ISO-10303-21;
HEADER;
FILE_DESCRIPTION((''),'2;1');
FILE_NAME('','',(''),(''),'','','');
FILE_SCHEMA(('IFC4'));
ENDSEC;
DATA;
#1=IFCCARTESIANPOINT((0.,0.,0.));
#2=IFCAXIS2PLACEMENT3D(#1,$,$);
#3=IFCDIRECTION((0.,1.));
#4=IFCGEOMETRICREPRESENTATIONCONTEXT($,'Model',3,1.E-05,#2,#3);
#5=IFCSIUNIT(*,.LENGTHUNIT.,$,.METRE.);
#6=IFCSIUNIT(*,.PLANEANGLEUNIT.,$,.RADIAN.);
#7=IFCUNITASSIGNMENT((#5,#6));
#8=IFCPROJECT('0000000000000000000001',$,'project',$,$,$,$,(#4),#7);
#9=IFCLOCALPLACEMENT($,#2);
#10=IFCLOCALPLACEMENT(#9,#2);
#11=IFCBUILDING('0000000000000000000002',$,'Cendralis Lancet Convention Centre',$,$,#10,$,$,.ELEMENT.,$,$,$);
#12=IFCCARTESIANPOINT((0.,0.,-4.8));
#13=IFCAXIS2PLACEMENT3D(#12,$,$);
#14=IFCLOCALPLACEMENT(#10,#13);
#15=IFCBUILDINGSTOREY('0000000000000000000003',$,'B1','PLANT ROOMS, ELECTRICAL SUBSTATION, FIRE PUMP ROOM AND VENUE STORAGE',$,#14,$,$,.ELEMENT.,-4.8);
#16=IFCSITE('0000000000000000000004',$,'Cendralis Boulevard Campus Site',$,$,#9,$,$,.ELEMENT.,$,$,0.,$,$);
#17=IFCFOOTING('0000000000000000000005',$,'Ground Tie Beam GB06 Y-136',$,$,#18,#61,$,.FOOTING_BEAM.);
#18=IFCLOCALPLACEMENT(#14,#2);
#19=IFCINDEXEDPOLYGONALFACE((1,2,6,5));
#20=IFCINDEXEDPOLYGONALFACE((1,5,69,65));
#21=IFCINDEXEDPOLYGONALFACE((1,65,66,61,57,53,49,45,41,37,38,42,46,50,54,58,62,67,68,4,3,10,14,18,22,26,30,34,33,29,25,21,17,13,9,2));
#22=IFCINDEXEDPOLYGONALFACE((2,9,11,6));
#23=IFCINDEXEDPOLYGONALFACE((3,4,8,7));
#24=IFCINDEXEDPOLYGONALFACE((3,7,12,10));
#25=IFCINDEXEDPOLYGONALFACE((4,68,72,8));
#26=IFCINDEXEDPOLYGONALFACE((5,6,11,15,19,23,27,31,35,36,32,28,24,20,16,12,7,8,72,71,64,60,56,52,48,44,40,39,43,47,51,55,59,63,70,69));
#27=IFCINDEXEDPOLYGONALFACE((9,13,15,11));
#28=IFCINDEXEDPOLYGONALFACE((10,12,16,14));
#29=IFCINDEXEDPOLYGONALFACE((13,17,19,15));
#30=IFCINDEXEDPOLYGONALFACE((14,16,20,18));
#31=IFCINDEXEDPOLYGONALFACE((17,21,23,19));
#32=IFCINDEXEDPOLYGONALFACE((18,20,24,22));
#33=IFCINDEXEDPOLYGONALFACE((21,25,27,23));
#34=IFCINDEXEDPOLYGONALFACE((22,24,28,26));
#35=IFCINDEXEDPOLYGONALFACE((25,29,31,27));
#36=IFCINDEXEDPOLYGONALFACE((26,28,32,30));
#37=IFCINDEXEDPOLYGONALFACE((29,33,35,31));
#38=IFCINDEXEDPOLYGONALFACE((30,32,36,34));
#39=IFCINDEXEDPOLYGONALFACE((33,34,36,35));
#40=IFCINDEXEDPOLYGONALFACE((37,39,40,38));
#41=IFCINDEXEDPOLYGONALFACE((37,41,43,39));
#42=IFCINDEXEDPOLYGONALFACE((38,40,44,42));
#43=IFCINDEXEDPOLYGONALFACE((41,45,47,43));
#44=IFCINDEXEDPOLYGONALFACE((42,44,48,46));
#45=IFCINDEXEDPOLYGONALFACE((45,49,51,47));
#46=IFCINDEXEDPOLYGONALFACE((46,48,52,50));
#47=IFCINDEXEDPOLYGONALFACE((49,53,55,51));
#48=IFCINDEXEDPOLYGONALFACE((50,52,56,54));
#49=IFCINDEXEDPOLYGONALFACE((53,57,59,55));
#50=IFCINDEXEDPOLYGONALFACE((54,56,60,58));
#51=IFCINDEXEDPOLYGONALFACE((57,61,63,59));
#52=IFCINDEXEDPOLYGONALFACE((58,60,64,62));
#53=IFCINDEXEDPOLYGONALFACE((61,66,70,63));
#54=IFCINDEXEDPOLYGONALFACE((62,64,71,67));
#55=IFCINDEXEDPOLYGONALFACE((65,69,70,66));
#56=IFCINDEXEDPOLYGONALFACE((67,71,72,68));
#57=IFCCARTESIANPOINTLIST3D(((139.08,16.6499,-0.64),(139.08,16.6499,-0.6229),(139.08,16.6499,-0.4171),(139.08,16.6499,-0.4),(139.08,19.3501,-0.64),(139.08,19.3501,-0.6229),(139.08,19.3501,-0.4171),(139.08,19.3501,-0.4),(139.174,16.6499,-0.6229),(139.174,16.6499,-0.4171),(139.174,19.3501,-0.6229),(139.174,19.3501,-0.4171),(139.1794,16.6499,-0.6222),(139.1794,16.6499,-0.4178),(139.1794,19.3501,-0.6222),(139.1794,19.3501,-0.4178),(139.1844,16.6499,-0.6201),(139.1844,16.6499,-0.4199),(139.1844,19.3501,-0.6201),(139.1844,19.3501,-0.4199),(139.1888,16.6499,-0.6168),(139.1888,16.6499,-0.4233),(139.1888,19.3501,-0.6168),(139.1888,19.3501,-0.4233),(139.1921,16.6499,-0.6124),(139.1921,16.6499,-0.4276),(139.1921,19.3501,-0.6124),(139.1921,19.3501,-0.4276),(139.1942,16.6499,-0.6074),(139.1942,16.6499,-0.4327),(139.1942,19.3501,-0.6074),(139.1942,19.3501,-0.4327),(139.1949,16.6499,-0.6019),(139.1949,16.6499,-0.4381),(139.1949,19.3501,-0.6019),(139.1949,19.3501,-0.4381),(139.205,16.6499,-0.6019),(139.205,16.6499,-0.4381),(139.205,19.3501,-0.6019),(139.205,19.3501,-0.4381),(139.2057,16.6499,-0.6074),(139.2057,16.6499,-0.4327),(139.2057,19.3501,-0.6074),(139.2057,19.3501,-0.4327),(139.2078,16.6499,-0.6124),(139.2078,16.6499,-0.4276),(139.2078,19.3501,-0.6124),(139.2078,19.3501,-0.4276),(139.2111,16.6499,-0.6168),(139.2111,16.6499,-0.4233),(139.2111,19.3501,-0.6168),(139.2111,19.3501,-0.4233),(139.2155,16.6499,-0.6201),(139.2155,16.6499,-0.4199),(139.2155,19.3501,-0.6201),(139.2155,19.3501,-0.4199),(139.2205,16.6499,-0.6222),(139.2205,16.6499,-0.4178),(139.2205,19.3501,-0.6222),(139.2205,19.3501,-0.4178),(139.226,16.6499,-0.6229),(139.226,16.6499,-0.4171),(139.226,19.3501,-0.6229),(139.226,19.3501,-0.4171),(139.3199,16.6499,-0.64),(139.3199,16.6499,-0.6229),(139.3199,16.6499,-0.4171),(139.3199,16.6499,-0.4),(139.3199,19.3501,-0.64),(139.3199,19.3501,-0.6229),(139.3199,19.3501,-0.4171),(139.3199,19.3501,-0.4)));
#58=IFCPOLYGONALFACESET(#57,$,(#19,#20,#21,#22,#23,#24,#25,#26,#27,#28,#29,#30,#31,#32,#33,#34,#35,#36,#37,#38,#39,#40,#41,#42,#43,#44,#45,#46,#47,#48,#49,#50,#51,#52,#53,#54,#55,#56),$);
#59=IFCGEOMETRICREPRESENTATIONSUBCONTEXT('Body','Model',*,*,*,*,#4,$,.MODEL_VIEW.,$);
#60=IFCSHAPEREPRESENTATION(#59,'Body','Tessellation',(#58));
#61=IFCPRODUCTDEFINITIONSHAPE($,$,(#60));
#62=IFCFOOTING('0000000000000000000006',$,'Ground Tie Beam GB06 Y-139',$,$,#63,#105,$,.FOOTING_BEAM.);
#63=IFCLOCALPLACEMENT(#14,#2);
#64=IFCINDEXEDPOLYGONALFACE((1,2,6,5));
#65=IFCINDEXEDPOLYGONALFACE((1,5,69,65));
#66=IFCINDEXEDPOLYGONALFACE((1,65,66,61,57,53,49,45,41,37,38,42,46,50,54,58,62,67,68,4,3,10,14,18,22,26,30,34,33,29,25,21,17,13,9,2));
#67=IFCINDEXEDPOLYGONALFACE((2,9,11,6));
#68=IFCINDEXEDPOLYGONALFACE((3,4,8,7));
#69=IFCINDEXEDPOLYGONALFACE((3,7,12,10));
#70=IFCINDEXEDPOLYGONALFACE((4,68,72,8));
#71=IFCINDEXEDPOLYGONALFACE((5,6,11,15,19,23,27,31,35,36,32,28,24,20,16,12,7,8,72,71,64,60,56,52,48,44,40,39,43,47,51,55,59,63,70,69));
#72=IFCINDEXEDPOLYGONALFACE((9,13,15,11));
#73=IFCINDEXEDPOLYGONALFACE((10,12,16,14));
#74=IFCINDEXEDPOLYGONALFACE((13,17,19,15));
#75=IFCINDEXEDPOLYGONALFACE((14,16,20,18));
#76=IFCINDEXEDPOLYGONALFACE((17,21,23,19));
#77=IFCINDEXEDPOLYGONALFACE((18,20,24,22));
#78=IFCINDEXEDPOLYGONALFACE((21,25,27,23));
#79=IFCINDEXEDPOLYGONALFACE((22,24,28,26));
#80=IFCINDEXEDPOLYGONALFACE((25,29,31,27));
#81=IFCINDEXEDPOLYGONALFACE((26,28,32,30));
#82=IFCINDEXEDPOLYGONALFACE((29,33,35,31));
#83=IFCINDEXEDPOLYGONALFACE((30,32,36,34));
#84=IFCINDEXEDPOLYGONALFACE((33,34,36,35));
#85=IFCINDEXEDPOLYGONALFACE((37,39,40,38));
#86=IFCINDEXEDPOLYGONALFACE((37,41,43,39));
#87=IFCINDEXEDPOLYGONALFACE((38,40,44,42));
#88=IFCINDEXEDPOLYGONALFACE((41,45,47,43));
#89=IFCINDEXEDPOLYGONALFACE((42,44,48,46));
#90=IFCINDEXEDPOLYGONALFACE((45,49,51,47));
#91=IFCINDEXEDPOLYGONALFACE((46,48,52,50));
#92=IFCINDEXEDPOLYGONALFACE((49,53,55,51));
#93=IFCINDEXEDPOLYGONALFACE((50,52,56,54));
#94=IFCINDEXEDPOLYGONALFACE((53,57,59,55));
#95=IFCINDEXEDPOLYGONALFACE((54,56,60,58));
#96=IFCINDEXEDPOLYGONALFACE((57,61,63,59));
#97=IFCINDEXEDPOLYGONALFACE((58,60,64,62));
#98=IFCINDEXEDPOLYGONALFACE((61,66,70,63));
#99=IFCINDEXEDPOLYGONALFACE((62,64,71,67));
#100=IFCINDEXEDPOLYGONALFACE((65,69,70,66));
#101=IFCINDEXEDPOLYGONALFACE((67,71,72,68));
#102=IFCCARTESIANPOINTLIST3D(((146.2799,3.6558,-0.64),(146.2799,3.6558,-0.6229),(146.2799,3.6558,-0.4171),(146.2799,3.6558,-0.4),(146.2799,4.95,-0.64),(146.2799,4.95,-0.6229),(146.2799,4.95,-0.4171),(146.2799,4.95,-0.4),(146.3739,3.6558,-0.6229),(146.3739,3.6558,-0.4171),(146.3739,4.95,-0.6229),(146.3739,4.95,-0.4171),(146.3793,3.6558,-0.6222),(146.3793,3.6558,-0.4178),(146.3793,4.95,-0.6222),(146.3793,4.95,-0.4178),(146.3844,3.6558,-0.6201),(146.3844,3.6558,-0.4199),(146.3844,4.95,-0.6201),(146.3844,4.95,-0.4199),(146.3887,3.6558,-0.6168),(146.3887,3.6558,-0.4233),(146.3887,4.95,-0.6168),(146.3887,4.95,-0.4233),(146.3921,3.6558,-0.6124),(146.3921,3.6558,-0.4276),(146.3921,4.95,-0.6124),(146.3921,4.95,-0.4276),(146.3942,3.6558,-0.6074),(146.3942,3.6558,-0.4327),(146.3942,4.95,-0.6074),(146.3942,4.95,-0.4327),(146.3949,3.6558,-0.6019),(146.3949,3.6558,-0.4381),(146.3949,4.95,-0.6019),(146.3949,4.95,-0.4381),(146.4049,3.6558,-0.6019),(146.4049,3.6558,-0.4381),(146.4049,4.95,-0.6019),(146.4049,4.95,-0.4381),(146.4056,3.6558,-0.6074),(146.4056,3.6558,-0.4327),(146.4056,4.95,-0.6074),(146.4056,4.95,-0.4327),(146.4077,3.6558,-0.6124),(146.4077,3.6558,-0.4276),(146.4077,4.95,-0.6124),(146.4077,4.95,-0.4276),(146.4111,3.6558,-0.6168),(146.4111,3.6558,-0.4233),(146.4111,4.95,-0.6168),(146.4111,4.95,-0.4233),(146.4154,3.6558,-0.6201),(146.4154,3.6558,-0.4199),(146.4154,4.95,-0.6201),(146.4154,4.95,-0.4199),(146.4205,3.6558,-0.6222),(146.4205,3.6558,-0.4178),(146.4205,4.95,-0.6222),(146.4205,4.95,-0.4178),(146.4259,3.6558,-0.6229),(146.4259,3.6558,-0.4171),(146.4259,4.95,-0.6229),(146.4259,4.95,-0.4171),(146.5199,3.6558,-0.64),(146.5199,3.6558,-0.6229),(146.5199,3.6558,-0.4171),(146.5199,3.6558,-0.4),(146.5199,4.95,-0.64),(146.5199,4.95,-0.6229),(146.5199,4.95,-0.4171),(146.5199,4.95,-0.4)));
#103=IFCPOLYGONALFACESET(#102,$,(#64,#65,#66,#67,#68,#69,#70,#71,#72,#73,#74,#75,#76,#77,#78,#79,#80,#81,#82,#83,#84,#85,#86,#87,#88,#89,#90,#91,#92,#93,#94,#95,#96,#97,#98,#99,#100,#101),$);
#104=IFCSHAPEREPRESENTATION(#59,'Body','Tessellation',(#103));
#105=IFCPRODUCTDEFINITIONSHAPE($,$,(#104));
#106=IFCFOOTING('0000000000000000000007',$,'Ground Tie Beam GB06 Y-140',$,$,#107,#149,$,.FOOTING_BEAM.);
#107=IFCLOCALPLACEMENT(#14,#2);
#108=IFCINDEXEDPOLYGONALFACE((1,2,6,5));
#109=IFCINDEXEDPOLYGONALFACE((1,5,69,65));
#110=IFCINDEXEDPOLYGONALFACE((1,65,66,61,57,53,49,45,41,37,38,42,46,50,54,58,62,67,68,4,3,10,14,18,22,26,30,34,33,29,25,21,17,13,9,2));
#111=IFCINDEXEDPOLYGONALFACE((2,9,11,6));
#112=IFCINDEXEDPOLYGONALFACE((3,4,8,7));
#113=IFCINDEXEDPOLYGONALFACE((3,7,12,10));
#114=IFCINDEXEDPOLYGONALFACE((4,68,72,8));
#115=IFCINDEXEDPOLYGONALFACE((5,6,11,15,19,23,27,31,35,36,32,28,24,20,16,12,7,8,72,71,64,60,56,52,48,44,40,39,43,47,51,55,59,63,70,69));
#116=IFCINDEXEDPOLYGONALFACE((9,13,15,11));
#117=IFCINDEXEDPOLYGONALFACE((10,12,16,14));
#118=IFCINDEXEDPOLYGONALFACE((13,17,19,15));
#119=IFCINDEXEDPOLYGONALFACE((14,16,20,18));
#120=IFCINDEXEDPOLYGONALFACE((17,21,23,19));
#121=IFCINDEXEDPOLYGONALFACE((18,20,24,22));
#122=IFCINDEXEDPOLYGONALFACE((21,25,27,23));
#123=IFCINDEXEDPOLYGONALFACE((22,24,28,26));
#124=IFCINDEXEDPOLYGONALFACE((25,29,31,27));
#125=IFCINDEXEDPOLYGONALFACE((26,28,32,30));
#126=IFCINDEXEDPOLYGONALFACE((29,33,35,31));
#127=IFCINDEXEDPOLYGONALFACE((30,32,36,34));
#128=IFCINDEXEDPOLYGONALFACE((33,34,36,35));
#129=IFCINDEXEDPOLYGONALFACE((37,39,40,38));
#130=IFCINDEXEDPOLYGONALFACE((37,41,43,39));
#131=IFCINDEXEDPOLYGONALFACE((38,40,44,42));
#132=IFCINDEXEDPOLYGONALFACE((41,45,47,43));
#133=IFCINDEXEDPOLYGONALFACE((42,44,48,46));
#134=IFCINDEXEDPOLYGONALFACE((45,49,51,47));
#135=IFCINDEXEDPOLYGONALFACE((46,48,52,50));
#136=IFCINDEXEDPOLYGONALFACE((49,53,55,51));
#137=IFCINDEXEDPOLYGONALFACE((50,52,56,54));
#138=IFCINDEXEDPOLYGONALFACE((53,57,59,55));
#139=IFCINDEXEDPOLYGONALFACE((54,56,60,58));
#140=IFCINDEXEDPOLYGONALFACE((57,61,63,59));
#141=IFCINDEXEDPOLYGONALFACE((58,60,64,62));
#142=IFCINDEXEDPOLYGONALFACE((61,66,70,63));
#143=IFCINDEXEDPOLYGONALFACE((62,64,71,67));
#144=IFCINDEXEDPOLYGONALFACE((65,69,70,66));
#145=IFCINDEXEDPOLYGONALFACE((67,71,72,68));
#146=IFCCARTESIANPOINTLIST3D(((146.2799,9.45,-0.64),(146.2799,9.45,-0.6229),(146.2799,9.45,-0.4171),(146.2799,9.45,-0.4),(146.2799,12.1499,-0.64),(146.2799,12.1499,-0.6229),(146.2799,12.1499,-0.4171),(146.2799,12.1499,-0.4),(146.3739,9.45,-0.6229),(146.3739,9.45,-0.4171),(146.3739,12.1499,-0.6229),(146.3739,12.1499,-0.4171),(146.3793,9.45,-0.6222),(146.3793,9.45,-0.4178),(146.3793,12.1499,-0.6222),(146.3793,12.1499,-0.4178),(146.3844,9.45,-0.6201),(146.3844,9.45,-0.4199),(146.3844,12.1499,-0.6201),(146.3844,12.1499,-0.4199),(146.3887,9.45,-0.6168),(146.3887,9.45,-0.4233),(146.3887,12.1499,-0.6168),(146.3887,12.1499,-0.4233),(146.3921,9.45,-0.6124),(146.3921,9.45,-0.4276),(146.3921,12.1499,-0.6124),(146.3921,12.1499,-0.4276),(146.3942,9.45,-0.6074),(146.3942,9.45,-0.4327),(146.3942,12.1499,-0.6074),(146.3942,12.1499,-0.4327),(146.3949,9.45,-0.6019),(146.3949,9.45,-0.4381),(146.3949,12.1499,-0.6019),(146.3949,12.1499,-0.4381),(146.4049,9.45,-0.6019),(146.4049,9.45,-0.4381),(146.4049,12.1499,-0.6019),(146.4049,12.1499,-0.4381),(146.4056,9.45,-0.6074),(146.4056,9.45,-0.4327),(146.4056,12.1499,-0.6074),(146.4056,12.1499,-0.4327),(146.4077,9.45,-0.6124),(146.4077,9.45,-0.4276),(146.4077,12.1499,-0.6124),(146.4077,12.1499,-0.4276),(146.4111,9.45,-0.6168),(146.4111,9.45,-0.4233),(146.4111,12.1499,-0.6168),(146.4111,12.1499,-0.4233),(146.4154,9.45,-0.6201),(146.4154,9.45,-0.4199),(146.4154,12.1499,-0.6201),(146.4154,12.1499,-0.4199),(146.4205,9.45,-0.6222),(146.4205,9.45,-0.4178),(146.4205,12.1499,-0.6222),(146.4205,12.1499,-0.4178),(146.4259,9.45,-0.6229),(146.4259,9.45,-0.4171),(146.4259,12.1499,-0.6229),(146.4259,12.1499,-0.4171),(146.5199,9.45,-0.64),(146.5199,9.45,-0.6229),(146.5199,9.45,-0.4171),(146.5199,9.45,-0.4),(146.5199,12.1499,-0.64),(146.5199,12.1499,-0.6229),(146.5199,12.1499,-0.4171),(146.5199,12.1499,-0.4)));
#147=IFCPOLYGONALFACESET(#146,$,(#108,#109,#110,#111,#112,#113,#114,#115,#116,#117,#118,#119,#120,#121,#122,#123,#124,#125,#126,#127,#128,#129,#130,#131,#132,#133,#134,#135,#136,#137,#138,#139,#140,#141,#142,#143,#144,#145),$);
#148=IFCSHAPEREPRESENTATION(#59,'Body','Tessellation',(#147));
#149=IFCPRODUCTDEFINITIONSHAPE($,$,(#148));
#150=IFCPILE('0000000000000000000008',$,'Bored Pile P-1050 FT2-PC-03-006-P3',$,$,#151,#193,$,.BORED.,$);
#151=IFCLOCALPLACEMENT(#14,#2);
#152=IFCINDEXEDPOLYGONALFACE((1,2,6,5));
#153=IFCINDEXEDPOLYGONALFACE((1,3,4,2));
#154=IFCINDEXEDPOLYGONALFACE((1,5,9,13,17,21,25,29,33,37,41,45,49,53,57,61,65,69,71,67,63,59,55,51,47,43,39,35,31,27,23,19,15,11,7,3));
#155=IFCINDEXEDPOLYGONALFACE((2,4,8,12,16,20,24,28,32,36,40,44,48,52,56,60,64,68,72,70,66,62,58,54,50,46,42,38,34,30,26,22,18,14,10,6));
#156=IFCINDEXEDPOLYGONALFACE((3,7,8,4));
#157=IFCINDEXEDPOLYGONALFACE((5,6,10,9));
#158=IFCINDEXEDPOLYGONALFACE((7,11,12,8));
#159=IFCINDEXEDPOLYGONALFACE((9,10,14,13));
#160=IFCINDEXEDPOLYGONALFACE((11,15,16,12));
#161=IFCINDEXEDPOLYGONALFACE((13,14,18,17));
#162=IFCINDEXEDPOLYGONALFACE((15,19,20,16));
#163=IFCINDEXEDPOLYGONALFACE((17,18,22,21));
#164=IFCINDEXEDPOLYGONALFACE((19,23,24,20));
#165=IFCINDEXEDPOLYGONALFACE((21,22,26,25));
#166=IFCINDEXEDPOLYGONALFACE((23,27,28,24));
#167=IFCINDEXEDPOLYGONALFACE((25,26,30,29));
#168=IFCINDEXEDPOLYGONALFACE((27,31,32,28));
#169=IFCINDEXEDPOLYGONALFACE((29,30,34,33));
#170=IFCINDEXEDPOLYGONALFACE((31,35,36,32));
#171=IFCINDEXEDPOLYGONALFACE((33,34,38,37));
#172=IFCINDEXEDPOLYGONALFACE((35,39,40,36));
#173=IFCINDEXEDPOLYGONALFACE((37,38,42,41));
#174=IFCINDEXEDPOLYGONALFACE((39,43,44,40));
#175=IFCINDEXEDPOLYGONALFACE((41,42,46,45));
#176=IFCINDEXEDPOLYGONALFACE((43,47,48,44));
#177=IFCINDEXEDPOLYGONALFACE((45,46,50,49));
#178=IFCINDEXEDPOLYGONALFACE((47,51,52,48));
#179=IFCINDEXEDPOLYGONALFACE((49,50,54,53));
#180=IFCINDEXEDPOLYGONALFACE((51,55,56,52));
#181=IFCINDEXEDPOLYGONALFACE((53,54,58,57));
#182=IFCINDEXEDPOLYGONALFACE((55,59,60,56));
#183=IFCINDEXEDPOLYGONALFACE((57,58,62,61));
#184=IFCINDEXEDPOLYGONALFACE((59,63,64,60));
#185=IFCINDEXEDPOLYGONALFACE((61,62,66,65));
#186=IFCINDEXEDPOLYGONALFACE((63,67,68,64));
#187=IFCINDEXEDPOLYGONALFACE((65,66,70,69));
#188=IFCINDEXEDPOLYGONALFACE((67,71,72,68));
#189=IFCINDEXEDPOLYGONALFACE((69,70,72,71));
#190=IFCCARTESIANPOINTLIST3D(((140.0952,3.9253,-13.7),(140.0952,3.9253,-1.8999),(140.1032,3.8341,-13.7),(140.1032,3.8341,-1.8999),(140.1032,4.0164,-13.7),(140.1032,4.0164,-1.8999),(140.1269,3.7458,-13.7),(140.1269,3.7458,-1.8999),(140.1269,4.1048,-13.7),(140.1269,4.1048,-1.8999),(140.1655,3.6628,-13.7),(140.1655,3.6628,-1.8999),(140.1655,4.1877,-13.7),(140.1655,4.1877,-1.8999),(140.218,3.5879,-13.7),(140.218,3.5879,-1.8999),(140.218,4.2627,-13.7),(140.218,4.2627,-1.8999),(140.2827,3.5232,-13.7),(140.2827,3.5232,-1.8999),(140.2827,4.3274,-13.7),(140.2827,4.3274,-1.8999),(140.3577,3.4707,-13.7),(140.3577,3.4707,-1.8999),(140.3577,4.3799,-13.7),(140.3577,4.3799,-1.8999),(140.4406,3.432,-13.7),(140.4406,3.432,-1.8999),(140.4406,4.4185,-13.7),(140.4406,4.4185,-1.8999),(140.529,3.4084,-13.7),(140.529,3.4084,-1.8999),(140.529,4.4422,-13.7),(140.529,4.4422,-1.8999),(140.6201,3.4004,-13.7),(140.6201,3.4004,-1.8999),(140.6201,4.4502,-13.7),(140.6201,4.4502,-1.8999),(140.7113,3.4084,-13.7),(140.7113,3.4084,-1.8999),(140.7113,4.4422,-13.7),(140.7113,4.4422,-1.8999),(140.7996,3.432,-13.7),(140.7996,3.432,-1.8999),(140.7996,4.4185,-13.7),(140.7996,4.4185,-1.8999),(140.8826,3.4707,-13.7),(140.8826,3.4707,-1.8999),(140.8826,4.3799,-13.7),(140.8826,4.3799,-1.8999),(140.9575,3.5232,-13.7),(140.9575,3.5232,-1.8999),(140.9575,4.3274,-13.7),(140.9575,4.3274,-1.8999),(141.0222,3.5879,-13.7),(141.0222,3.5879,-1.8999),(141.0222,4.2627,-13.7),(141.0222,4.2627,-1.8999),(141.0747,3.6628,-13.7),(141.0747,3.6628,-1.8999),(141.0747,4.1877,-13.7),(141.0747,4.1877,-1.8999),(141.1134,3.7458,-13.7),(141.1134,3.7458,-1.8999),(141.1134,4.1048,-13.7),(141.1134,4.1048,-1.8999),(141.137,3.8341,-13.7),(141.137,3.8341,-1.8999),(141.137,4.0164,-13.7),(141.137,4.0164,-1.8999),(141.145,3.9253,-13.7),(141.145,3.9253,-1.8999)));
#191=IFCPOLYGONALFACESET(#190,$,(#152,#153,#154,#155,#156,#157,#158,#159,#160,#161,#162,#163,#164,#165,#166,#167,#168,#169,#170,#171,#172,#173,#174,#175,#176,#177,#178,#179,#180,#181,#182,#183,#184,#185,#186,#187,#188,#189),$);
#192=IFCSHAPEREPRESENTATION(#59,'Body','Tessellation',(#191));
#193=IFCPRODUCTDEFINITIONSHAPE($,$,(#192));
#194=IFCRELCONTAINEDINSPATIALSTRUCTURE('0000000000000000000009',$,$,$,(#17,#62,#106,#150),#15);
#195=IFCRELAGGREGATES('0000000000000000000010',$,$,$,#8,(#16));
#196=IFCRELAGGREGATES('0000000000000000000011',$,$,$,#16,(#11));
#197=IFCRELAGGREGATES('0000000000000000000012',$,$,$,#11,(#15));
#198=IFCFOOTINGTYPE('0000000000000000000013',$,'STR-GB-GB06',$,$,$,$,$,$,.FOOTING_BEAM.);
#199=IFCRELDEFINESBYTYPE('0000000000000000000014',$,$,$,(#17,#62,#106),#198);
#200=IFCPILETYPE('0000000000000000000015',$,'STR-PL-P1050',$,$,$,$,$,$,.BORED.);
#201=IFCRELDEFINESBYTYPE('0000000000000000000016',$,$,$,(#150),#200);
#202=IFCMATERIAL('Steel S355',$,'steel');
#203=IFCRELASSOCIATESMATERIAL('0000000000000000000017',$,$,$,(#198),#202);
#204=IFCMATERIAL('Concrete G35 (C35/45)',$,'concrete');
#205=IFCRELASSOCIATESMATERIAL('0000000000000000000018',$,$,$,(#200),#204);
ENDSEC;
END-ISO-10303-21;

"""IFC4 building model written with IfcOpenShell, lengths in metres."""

from ifc_helpers import new_model, si_unit, direction, frame, origin, origin_2d, place, context, subcontext, project, spatial, circle, i_section, extrude, material, material_profile, profile_set, type_object, element, save


model = new_model("IFC4")

# Units and contexts
model_context = context("Model", 3, precision=1e-05, world=origin(), true_north=direction((0.0, 1.0)))
body_context = subcontext(model_context, "Body", "Model", "MODEL_VIEW")
ifc_project = project(units=[si_unit("LENGTHUNIT", "METRE"), si_unit("PLANEANGLEUNIT", "RADIAN")], contexts=[model_context])

# Site, building, storey
site_placement = place(None, origin())
site = spatial("IfcSite", under=ifc_project, at=site_placement, Name="Cendralis Boulevard Campus Site", CompositionType="ELEMENT", RefElevation=0.0)
building_placement = place(site_placement, origin())
building = spatial("IfcBuilding", under=site, at=building_placement, Name="Cendralis Lancet Convention Centre", CompositionType="ELEMENT")
storey_placement = place(building_placement, frame((0.0, 0.0, -4.8)))
storey = spatial("IfcBuildingStorey", under=building, at=storey_placement, Name="B1", Description="PLANT ROOMS, ELECTRICAL SUBSTATION, FIRE PUMP ROOM AND VENUE STORAGE", CompositionType="ELEMENT", Elevation=-4.8)

# Footings
ifc_material_1 = material(Name="Concrete G35 (C35/45)", Category="concrete")
ifc_material_2 = material(Name="Steel S355", Category="steel")
ifc_material_profile_1 = material_profile(ifc_material_2, i_section(OverallWidth=0.24, OverallDepth=0.24, WebThickness=0.01, FlangeThickness=0.0171, FilletRadius=0.021, at=origin_2d()), Name="HEB 240")
ifc_profile_set_1 = profile_set([ifc_material_profile_1], Name="Steel S355")
footing_type_1 = type_object("IfcFootingType", Name="STR-GB-GB06", PredefinedType="FOOTING_BEAM", material=ifc_profile_set_1)
footing_1_placement = place(storey_placement, frame((139.2, 16.6499, -0.52), z_axis=(0.0, 1.0, 0.0), x_axis=(-1.0, 0.0, 0.0)))
element("IfcFooting", 1, at=footing_1_placement, inside=storey, type_object=footing_type_1, Name="Ground Tie Beam GB06 Y-136", PredefinedType="FOOTING_BEAM", context=body_context, shape_type="SweptSolid", body=[
    extrude(i_section(OverallWidth=0.24, OverallDepth=0.24, WebThickness=0.01, FlangeThickness=0.0171, FilletRadius=0.021, at=origin_2d()), origin(), (0.0, 0.0, 1.0), 2.7002),
])
footing_2_placement = place(storey_placement, frame((146.3999, 3.6558, -0.52), z_axis=(0.0, 1.0, 0.0), x_axis=(-1.0, 0.0, 0.0)))
element("IfcFooting", 2, at=footing_2_placement, inside=storey, type_object=footing_type_1, Name="Ground Tie Beam GB06 Y-139", PredefinedType="FOOTING_BEAM", context=body_context, shape_type="SweptSolid", body=[
    extrude(i_section(OverallWidth=0.24, OverallDepth=0.24, WebThickness=0.01, FlangeThickness=0.0171, FilletRadius=0.021, at=origin_2d()), origin(), (0.0, 0.0, 1.0), 1.2942),
])
footing_3_placement = place(storey_placement, frame((146.3999, 9.45, -0.52), z_axis=(0.0, 1.0, 0.0), x_axis=(-1.0, 0.0, 0.0)))
element("IfcFooting", 3, at=footing_3_placement, inside=storey, type_object=footing_type_1, Name="Ground Tie Beam GB06 Y-140", PredefinedType="FOOTING_BEAM", context=body_context, shape_type="SweptSolid", body=[
    extrude(i_section(OverallWidth=0.24, OverallDepth=0.24, WebThickness=0.01, FlangeThickness=0.0171, FilletRadius=0.021, at=origin_2d()), origin(), (0.0, 0.0, 1.0), 2.7),
])

# Pile
ifc_material_profile_2 = material_profile(ifc_material_1, circle(Radius=0.5249, at=origin_2d()), Name="BORED PILE D1050")
ifc_profile_set_2 = profile_set([ifc_material_profile_2], Name="Concrete G35 (C35/45)")
pile_type_1 = type_object("IfcPileType", Name="STR-PL-P1050", PredefinedType="BORED", material=ifc_profile_set_2)
for number, where, z_axis, x_axis, name in (
    (4, (140.6201, 3.9253, -1.8999), (0.0, 0.0, -1.0), (1.0, 0.0, 0.0), "Bored Pile P-1050 FT2-PC-03-006-P3"),
):
    element("IfcPile", number, at=place(storey_placement, frame(where, z_axis=z_axis, x_axis=x_axis)), inside=storey, type_object=pile_type_1, Name=name, PredefinedType="BORED", context=body_context, shape_type="SweptSolid", body=[
        extrude(circle(Radius=0.5249, at=origin_2d()), origin(), (0.0, 0.0, 1.0), 11.8),
    ])

save(model, "model.ifc")
